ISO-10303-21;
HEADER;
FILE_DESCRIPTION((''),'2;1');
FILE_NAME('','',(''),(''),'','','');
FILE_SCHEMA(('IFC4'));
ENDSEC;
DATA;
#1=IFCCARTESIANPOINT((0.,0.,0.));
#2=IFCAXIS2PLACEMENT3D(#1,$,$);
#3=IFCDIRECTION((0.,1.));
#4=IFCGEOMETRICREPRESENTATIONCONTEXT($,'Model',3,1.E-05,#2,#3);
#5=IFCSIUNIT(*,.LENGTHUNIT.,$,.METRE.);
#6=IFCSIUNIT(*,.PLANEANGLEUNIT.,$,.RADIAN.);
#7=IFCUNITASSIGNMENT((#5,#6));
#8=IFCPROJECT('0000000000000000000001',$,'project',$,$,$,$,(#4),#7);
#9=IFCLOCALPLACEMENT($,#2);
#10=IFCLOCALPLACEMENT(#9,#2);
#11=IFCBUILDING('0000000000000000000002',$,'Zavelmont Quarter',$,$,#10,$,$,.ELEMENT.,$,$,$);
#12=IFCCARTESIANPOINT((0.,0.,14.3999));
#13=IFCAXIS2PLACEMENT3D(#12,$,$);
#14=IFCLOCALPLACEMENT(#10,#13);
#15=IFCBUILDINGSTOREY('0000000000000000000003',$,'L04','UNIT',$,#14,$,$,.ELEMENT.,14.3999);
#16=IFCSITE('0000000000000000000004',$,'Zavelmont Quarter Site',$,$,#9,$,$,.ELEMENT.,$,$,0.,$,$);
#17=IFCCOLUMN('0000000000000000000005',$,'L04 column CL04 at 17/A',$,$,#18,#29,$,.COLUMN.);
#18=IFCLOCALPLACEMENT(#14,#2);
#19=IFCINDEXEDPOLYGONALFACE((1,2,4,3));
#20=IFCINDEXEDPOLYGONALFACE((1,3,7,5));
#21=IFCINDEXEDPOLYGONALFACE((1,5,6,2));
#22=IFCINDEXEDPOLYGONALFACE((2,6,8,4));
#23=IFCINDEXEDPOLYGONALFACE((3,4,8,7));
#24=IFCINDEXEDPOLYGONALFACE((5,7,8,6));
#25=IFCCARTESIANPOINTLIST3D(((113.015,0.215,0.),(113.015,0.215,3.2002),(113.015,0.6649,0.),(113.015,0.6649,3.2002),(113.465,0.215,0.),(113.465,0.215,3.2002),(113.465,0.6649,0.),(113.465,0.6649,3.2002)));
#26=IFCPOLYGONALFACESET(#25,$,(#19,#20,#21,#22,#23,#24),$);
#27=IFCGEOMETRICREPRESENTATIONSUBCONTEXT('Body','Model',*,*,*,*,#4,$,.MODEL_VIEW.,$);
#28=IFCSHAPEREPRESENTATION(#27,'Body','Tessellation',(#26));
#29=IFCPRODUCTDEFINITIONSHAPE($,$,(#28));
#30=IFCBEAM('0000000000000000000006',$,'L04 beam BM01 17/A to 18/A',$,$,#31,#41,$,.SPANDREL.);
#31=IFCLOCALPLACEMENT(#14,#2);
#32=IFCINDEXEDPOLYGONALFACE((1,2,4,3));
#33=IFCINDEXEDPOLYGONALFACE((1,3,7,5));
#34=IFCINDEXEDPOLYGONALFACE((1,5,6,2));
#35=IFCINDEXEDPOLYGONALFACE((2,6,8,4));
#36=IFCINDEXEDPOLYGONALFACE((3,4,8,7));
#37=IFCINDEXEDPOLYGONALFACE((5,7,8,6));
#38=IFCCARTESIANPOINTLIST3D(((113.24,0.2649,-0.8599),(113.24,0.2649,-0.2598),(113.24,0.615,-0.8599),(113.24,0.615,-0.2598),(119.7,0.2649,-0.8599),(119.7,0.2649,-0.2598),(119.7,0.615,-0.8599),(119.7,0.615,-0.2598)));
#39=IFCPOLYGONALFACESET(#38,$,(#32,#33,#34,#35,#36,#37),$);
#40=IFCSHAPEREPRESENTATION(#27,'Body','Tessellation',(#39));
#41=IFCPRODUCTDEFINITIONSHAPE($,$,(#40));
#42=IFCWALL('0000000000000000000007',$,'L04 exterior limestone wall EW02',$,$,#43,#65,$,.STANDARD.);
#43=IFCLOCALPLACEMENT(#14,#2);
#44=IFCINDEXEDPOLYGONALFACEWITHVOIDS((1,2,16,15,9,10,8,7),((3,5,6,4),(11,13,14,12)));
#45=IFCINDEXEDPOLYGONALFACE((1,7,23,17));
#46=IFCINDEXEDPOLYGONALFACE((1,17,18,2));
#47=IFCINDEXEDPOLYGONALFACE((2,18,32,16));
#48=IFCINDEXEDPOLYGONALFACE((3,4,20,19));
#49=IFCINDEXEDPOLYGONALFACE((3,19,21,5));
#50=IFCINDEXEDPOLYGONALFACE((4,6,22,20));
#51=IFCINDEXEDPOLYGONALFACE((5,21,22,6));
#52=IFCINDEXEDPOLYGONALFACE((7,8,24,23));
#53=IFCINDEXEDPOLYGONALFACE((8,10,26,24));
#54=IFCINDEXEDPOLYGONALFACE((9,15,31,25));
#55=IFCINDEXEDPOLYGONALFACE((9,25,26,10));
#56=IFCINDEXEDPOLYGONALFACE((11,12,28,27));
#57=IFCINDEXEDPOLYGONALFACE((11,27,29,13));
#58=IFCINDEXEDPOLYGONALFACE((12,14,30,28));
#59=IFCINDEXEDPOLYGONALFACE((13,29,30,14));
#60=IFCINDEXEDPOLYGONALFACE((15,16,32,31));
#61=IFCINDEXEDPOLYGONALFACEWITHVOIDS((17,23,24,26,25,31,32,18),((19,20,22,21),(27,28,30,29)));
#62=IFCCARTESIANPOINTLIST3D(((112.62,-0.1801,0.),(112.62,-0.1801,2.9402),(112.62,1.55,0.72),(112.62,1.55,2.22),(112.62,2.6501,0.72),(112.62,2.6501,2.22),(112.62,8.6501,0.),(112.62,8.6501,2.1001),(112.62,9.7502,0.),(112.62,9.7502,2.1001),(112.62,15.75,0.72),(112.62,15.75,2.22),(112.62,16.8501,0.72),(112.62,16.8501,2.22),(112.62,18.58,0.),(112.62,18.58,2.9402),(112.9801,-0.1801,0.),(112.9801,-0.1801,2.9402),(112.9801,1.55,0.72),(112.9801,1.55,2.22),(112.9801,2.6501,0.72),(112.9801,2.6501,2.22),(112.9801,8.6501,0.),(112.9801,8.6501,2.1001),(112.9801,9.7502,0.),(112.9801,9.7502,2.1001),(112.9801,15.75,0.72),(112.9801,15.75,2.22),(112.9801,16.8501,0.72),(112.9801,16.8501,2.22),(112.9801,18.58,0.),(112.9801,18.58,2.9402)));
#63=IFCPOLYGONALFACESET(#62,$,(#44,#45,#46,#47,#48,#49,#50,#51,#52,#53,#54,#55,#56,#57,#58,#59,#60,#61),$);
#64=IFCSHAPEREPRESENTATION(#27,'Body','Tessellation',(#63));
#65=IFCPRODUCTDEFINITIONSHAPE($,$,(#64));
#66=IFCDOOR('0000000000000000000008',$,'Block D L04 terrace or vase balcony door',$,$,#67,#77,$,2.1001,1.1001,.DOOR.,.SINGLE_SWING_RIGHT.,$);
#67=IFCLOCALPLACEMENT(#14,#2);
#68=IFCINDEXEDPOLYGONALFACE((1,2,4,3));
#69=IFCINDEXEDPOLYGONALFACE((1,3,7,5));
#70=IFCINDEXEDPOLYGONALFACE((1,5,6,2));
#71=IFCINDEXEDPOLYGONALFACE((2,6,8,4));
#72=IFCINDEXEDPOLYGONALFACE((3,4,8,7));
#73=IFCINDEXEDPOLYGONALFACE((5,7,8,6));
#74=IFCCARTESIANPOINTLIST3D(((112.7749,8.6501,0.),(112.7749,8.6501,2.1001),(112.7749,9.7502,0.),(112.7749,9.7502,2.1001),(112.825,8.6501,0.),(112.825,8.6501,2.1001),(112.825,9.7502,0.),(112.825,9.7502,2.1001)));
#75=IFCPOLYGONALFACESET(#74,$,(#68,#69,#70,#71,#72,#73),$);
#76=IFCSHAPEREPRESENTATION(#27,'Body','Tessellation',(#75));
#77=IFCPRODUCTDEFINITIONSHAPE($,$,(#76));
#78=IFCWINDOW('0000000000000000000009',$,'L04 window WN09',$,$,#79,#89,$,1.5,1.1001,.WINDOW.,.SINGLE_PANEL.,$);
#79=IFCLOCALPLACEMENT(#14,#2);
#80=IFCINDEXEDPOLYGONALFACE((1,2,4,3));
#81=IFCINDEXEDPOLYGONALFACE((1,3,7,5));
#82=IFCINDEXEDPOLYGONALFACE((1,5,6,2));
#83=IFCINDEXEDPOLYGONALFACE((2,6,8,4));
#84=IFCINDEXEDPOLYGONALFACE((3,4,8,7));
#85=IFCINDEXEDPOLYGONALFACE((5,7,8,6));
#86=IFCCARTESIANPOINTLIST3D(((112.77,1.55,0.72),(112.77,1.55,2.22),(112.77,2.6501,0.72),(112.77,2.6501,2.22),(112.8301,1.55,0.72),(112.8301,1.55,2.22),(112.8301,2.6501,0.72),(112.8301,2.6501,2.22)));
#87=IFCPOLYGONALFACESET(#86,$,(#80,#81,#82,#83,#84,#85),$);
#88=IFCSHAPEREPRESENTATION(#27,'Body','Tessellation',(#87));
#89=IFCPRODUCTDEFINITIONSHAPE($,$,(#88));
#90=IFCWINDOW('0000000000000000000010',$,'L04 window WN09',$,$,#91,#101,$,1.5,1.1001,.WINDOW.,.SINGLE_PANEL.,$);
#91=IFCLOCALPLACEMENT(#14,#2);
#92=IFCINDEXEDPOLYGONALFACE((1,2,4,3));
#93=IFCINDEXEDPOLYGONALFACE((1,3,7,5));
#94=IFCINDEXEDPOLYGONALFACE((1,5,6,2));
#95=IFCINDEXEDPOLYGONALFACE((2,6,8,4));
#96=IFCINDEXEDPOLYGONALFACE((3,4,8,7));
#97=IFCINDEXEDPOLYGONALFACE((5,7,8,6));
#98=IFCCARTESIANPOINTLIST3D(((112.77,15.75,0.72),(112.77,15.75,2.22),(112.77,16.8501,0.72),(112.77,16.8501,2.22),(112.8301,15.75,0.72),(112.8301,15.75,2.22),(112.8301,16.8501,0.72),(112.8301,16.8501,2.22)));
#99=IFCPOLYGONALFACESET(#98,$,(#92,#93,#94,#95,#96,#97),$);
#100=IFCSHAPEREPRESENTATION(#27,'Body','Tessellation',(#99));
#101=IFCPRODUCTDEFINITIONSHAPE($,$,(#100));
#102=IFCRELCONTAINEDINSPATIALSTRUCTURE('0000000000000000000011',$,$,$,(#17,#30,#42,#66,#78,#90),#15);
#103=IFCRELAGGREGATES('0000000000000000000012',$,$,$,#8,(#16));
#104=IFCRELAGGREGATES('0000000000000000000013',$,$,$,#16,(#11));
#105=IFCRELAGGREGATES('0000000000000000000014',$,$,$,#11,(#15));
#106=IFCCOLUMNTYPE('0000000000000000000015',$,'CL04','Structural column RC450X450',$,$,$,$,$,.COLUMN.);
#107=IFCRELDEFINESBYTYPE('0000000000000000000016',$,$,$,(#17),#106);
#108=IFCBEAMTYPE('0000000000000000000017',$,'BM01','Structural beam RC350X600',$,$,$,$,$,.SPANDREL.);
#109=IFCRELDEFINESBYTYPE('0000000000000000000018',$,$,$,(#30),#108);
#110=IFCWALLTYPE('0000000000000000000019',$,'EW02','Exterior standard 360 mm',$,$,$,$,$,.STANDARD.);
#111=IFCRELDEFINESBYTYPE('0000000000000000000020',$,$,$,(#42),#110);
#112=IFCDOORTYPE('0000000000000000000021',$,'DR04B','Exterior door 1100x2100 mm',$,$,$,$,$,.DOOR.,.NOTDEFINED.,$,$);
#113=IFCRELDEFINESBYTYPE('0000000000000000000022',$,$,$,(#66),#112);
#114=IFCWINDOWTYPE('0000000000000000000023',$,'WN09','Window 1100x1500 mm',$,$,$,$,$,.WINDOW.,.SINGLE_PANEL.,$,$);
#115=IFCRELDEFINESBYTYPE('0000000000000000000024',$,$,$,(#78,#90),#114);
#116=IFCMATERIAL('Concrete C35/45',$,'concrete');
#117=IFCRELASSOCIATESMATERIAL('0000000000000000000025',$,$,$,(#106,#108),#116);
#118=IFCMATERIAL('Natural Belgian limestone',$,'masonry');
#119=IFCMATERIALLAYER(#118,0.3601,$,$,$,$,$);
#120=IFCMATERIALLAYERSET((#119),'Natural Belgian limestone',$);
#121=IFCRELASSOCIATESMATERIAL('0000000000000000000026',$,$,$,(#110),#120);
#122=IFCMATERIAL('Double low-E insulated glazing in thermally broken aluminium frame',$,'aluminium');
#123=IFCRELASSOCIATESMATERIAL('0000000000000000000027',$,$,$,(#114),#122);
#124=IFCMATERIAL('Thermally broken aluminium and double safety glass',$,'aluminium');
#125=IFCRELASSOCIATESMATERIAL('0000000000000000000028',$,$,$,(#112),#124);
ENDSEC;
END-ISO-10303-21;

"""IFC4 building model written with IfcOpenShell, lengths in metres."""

from ifc_helpers import new_model, si_unit, direction, frame, frame_2d, origin, origin_with_axes, origin_2d, place, context, subcontext, project, spatial, rectangle, extrude, material, layer, layer_set, material_profile, profile_set, type_object, element, fill, save


model = new_model("IFC4")

# Units and contexts
model_context = context("Model", 3, precision=1e-05, world=origin(), true_north=direction((0.0, 1.0)))
body_context = subcontext(model_context, "Body", "Model", "MODEL_VIEW")
ifc_project = project(units=[si_unit("LENGTHUNIT", "METRE"), si_unit("PLANEANGLEUNIT", "RADIAN")], contexts=[model_context])

# Site, building, storey
site_placement = place(None, origin())
site = spatial("IfcSite", under=ifc_project, at=site_placement, Name="Zavelmont Quarter Site", CompositionType="ELEMENT", RefElevation=0.0)
building_placement = place(site_placement, origin())
building = spatial("IfcBuilding", under=site, at=building_placement, Name="Zavelmont Quarter", CompositionType="ELEMENT")
storey_placement = place(building_placement, frame((0.0, 0.0, 14.3999)))
storey = spatial("IfcBuildingStorey", under=building, at=storey_placement, Name="L04", Description="UNIT", CompositionType="ELEMENT", Elevation=14.3999)

# Column
ifc_material_1 = material(Name="Concrete C35/45", Category="concrete")
ifc_material_profile_1 = material_profile(ifc_material_1, rectangle(XDim=0.45, YDim=0.45, at=origin_2d()), Name="RC450X450")
ifc_profile_set_1 = profile_set([ifc_material_profile_1], Name="Concrete C35/45")
column_type = type_object("IfcColumnType", Name="CL04", Description="Structural column RC450X450", PredefinedType="COLUMN", material=ifc_profile_set_1)
column_placement = place(storey_placement, frame((113.24, 0.4399, 0.0), z_axis=(0.0, 0.0, 1.0), x_axis=(1.0, 0.0, 0.0)))
element("IfcColumn", 1, at=column_placement, inside=storey, type_object=column_type, Name="L04 column CL04 at 17/A", PredefinedType="COLUMN", context=body_context, shape_type="SweptSolid", body=[
    extrude(rectangle(XDim=0.45, YDim=0.45, at=origin_2d()), origin(), (0.0, 0.0, 1.0), 3.2002),
])

# Beam
ifc_material_profile_2 = material_profile(ifc_material_1, rectangle(XDim=0.3501, YDim=0.6001, at=origin_2d()), Name="RC350X600")
ifc_profile_set_2 = profile_set([ifc_material_profile_2], Name="Concrete C35/45")
beam_type = type_object("IfcBeamType", Name="BM01", Description="Structural beam RC350X600", PredefinedType="SPANDREL", material=ifc_profile_set_2)
beam_placement = place(storey_placement, frame((113.24, 0.4399, -0.5598), z_axis=(1.0, 0.0, 0.0), x_axis=(0.0, 1.0, 0.0)))
element("IfcBeam", 2, at=beam_placement, inside=storey, type_object=beam_type, Name="L04 beam BM01 17/A to 18/A", PredefinedType="SPANDREL", context=body_context, shape_type="SweptSolid", body=[
    extrude(rectangle(XDim=0.3501, YDim=0.6001, at=origin_2d()), origin(), (0.0, 0.0, 1.0), 6.46),
])

# Shared definitions
ifc_material_2 = material(Name="Natural Belgian limestone", Category="masonry")
ifc_layer = layer(ifc_material_2, 0.3601)
ifc_layer_set = layer_set([ifc_layer], Name="Natural Belgian limestone")
wall_type = type_object("IfcWallType", Name="EW02", Description="Exterior standard 360 mm", PredefinedType="STANDARD", material=ifc_layer_set)
ifc_material_3 = material(Name="Thermally broken aluminium and double safety glass", Category="aluminium")
ifc_material_4 = material(Name="Double low-E insulated glazing in thermally broken aluminium frame", Category="aluminium")
window_type_1 = type_object("IfcWindowType", Name="WN09", Description="Window 1100x1500 mm", PartitioningType="SINGLE_PANEL", PredefinedType="WINDOW", material=ifc_material_4)

# Wall, openings, door, windows
wall_1_placement = place(storey_placement, frame((112.8, -0.1799, 0.0), z_axis=(0.0, 0.0, 1.0), x_axis=(0.0, 1.0, 0.0)))
wall_1 = element("IfcWall", 3, at=wall_1_placement, inside=storey, type_object=wall_type, Name="L04 exterior limestone wall EW02", PredefinedType="STANDARD", context=body_context, shape_type="SweptSolid", body=[
    extrude(rectangle(XDim=18.76, YDim=0.3601, at=frame_2d((9.3799, 0.0))), origin(), (0.0, 0.0, 1.0), 2.9402),
])
opening_1_placement = place(wall_1_placement, frame((8.8301, 0.0, 0.0)))
opening_1 = element("IfcOpeningElement", 4, at=opening_1_placement, cuts=wall_1, PredefinedType="OPENING", context=body_context, shape_type="SweptSolid", body=[
    extrude(rectangle(XDim=1.1001, YDim=2.1001, at=frame_2d((0.55, 1.05))), frame((0.0, 0.1919, 0.0), z_axis=(0.0, -1.0, 0.0), x_axis=(1.0, 0.0, 0.0)), (0.0, 0.0, 1.0), 0.384),
])
opening_2_placement = place(wall_1_placement, frame((1.73, 0.0, 0.72)))
opening_2 = element("IfcOpeningElement", 5, at=opening_2_placement, cuts=wall_1, PredefinedType="OPENING", context=body_context, shape_type="SweptSolid", body=[
    extrude(rectangle(XDim=1.1001, YDim=1.5, at=frame_2d((0.55, 0.75))), frame((0.0, 0.1919, 0.0), z_axis=(0.0, -1.0, 0.0), x_axis=(1.0, 0.0, 0.0)), (0.0, 0.0, 1.0), 0.384),
])
opening_3_placement = place(wall_1_placement, frame((15.9299, 0.0, 0.72)))
opening_3 = element("IfcOpeningElement", 6, at=opening_3_placement, cuts=wall_1, PredefinedType="OPENING", context=body_context, shape_type="SweptSolid", body=[
    extrude(rectangle(XDim=1.1001, YDim=1.5, at=frame_2d((0.55, 0.75))), frame((0.0, 0.1919, 0.0), z_axis=(0.0, -1.0, 0.0), x_axis=(1.0, 0.0, 0.0)), (0.0, 0.0, 1.0), 0.384),
])
door_type_1 = type_object("IfcDoorType", Name="DR04B", Description="Exterior door 1100x2100 mm", OperationType="NOTDEFINED", PredefinedType="DOOR", material=ifc_material_3)
door_1_placement = place(opening_1_placement, frame((1.1001, 0.0, 0.0), z_axis=(0.0, 0.0, 1.0), x_axis=(-1.0, 0.0, 0.0)))
door_1 = element("IfcDoor", 7, at=door_1_placement, inside=storey, type_object=door_type_1, Name="Block D L04 terrace or vase balcony door", OperationType="SINGLE_SWING_RIGHT", OverallHeight=2.1001, OverallWidth=1.1001, PredefinedType="DOOR", context=body_context, shape_type="SweptSolid", body=[
    extrude(rectangle(XDim=1.1001, YDim=2.1001, at=frame_2d((0.55, 1.05))), frame((0.0, 0.0249, 0.0), z_axis=(0.0, -1.0, 0.0), x_axis=(1.0, 0.0, 0.0)), (0.0, 0.0, 1.0), 0.05),
])
fill(opening_1, door_1)
window_1_placement = place(opening_2_placement, origin_with_axes())
window_1 = element("IfcWindow", 8, at=window_1_placement, inside=storey, type_object=window_type_1, Name="L04 window WN09", OverallHeight=1.5, OverallWidth=1.1001, PartitioningType="SINGLE_PANEL", PredefinedType="WINDOW", context=body_context, shape_type="SweptSolid", body=[
    extrude(rectangle(XDim=1.1001, YDim=1.5, at=frame_2d((0.55, 0.75))), frame((0.0, 0.03, 0.0), z_axis=(0.0, -1.0, 0.0), x_axis=(1.0, 0.0, 0.0)), (0.0, 0.0, 1.0), 0.0601),
])
fill(opening_2, window_1)
window_2_placement = place(opening_3_placement, origin_with_axes())
window_2 = element("IfcWindow", 9, at=window_2_placement, inside=storey, type_object=window_type_1, Name="L04 window WN09", OverallHeight=1.5, OverallWidth=1.1001, PartitioningType="SINGLE_PANEL", PredefinedType="WINDOW", context=body_context, shape_type="SweptSolid", body=[
    extrude(rectangle(XDim=1.1001, YDim=1.5, at=frame_2d((0.55, 0.75))), frame((0.0, 0.03, 0.0), z_axis=(0.0, -1.0, 0.0), x_axis=(1.0, 0.0, 0.0)), (0.0, 0.0, 1.0), 0.0601),
])
fill(opening_3, window_2)

save(model, "model.ifc")
